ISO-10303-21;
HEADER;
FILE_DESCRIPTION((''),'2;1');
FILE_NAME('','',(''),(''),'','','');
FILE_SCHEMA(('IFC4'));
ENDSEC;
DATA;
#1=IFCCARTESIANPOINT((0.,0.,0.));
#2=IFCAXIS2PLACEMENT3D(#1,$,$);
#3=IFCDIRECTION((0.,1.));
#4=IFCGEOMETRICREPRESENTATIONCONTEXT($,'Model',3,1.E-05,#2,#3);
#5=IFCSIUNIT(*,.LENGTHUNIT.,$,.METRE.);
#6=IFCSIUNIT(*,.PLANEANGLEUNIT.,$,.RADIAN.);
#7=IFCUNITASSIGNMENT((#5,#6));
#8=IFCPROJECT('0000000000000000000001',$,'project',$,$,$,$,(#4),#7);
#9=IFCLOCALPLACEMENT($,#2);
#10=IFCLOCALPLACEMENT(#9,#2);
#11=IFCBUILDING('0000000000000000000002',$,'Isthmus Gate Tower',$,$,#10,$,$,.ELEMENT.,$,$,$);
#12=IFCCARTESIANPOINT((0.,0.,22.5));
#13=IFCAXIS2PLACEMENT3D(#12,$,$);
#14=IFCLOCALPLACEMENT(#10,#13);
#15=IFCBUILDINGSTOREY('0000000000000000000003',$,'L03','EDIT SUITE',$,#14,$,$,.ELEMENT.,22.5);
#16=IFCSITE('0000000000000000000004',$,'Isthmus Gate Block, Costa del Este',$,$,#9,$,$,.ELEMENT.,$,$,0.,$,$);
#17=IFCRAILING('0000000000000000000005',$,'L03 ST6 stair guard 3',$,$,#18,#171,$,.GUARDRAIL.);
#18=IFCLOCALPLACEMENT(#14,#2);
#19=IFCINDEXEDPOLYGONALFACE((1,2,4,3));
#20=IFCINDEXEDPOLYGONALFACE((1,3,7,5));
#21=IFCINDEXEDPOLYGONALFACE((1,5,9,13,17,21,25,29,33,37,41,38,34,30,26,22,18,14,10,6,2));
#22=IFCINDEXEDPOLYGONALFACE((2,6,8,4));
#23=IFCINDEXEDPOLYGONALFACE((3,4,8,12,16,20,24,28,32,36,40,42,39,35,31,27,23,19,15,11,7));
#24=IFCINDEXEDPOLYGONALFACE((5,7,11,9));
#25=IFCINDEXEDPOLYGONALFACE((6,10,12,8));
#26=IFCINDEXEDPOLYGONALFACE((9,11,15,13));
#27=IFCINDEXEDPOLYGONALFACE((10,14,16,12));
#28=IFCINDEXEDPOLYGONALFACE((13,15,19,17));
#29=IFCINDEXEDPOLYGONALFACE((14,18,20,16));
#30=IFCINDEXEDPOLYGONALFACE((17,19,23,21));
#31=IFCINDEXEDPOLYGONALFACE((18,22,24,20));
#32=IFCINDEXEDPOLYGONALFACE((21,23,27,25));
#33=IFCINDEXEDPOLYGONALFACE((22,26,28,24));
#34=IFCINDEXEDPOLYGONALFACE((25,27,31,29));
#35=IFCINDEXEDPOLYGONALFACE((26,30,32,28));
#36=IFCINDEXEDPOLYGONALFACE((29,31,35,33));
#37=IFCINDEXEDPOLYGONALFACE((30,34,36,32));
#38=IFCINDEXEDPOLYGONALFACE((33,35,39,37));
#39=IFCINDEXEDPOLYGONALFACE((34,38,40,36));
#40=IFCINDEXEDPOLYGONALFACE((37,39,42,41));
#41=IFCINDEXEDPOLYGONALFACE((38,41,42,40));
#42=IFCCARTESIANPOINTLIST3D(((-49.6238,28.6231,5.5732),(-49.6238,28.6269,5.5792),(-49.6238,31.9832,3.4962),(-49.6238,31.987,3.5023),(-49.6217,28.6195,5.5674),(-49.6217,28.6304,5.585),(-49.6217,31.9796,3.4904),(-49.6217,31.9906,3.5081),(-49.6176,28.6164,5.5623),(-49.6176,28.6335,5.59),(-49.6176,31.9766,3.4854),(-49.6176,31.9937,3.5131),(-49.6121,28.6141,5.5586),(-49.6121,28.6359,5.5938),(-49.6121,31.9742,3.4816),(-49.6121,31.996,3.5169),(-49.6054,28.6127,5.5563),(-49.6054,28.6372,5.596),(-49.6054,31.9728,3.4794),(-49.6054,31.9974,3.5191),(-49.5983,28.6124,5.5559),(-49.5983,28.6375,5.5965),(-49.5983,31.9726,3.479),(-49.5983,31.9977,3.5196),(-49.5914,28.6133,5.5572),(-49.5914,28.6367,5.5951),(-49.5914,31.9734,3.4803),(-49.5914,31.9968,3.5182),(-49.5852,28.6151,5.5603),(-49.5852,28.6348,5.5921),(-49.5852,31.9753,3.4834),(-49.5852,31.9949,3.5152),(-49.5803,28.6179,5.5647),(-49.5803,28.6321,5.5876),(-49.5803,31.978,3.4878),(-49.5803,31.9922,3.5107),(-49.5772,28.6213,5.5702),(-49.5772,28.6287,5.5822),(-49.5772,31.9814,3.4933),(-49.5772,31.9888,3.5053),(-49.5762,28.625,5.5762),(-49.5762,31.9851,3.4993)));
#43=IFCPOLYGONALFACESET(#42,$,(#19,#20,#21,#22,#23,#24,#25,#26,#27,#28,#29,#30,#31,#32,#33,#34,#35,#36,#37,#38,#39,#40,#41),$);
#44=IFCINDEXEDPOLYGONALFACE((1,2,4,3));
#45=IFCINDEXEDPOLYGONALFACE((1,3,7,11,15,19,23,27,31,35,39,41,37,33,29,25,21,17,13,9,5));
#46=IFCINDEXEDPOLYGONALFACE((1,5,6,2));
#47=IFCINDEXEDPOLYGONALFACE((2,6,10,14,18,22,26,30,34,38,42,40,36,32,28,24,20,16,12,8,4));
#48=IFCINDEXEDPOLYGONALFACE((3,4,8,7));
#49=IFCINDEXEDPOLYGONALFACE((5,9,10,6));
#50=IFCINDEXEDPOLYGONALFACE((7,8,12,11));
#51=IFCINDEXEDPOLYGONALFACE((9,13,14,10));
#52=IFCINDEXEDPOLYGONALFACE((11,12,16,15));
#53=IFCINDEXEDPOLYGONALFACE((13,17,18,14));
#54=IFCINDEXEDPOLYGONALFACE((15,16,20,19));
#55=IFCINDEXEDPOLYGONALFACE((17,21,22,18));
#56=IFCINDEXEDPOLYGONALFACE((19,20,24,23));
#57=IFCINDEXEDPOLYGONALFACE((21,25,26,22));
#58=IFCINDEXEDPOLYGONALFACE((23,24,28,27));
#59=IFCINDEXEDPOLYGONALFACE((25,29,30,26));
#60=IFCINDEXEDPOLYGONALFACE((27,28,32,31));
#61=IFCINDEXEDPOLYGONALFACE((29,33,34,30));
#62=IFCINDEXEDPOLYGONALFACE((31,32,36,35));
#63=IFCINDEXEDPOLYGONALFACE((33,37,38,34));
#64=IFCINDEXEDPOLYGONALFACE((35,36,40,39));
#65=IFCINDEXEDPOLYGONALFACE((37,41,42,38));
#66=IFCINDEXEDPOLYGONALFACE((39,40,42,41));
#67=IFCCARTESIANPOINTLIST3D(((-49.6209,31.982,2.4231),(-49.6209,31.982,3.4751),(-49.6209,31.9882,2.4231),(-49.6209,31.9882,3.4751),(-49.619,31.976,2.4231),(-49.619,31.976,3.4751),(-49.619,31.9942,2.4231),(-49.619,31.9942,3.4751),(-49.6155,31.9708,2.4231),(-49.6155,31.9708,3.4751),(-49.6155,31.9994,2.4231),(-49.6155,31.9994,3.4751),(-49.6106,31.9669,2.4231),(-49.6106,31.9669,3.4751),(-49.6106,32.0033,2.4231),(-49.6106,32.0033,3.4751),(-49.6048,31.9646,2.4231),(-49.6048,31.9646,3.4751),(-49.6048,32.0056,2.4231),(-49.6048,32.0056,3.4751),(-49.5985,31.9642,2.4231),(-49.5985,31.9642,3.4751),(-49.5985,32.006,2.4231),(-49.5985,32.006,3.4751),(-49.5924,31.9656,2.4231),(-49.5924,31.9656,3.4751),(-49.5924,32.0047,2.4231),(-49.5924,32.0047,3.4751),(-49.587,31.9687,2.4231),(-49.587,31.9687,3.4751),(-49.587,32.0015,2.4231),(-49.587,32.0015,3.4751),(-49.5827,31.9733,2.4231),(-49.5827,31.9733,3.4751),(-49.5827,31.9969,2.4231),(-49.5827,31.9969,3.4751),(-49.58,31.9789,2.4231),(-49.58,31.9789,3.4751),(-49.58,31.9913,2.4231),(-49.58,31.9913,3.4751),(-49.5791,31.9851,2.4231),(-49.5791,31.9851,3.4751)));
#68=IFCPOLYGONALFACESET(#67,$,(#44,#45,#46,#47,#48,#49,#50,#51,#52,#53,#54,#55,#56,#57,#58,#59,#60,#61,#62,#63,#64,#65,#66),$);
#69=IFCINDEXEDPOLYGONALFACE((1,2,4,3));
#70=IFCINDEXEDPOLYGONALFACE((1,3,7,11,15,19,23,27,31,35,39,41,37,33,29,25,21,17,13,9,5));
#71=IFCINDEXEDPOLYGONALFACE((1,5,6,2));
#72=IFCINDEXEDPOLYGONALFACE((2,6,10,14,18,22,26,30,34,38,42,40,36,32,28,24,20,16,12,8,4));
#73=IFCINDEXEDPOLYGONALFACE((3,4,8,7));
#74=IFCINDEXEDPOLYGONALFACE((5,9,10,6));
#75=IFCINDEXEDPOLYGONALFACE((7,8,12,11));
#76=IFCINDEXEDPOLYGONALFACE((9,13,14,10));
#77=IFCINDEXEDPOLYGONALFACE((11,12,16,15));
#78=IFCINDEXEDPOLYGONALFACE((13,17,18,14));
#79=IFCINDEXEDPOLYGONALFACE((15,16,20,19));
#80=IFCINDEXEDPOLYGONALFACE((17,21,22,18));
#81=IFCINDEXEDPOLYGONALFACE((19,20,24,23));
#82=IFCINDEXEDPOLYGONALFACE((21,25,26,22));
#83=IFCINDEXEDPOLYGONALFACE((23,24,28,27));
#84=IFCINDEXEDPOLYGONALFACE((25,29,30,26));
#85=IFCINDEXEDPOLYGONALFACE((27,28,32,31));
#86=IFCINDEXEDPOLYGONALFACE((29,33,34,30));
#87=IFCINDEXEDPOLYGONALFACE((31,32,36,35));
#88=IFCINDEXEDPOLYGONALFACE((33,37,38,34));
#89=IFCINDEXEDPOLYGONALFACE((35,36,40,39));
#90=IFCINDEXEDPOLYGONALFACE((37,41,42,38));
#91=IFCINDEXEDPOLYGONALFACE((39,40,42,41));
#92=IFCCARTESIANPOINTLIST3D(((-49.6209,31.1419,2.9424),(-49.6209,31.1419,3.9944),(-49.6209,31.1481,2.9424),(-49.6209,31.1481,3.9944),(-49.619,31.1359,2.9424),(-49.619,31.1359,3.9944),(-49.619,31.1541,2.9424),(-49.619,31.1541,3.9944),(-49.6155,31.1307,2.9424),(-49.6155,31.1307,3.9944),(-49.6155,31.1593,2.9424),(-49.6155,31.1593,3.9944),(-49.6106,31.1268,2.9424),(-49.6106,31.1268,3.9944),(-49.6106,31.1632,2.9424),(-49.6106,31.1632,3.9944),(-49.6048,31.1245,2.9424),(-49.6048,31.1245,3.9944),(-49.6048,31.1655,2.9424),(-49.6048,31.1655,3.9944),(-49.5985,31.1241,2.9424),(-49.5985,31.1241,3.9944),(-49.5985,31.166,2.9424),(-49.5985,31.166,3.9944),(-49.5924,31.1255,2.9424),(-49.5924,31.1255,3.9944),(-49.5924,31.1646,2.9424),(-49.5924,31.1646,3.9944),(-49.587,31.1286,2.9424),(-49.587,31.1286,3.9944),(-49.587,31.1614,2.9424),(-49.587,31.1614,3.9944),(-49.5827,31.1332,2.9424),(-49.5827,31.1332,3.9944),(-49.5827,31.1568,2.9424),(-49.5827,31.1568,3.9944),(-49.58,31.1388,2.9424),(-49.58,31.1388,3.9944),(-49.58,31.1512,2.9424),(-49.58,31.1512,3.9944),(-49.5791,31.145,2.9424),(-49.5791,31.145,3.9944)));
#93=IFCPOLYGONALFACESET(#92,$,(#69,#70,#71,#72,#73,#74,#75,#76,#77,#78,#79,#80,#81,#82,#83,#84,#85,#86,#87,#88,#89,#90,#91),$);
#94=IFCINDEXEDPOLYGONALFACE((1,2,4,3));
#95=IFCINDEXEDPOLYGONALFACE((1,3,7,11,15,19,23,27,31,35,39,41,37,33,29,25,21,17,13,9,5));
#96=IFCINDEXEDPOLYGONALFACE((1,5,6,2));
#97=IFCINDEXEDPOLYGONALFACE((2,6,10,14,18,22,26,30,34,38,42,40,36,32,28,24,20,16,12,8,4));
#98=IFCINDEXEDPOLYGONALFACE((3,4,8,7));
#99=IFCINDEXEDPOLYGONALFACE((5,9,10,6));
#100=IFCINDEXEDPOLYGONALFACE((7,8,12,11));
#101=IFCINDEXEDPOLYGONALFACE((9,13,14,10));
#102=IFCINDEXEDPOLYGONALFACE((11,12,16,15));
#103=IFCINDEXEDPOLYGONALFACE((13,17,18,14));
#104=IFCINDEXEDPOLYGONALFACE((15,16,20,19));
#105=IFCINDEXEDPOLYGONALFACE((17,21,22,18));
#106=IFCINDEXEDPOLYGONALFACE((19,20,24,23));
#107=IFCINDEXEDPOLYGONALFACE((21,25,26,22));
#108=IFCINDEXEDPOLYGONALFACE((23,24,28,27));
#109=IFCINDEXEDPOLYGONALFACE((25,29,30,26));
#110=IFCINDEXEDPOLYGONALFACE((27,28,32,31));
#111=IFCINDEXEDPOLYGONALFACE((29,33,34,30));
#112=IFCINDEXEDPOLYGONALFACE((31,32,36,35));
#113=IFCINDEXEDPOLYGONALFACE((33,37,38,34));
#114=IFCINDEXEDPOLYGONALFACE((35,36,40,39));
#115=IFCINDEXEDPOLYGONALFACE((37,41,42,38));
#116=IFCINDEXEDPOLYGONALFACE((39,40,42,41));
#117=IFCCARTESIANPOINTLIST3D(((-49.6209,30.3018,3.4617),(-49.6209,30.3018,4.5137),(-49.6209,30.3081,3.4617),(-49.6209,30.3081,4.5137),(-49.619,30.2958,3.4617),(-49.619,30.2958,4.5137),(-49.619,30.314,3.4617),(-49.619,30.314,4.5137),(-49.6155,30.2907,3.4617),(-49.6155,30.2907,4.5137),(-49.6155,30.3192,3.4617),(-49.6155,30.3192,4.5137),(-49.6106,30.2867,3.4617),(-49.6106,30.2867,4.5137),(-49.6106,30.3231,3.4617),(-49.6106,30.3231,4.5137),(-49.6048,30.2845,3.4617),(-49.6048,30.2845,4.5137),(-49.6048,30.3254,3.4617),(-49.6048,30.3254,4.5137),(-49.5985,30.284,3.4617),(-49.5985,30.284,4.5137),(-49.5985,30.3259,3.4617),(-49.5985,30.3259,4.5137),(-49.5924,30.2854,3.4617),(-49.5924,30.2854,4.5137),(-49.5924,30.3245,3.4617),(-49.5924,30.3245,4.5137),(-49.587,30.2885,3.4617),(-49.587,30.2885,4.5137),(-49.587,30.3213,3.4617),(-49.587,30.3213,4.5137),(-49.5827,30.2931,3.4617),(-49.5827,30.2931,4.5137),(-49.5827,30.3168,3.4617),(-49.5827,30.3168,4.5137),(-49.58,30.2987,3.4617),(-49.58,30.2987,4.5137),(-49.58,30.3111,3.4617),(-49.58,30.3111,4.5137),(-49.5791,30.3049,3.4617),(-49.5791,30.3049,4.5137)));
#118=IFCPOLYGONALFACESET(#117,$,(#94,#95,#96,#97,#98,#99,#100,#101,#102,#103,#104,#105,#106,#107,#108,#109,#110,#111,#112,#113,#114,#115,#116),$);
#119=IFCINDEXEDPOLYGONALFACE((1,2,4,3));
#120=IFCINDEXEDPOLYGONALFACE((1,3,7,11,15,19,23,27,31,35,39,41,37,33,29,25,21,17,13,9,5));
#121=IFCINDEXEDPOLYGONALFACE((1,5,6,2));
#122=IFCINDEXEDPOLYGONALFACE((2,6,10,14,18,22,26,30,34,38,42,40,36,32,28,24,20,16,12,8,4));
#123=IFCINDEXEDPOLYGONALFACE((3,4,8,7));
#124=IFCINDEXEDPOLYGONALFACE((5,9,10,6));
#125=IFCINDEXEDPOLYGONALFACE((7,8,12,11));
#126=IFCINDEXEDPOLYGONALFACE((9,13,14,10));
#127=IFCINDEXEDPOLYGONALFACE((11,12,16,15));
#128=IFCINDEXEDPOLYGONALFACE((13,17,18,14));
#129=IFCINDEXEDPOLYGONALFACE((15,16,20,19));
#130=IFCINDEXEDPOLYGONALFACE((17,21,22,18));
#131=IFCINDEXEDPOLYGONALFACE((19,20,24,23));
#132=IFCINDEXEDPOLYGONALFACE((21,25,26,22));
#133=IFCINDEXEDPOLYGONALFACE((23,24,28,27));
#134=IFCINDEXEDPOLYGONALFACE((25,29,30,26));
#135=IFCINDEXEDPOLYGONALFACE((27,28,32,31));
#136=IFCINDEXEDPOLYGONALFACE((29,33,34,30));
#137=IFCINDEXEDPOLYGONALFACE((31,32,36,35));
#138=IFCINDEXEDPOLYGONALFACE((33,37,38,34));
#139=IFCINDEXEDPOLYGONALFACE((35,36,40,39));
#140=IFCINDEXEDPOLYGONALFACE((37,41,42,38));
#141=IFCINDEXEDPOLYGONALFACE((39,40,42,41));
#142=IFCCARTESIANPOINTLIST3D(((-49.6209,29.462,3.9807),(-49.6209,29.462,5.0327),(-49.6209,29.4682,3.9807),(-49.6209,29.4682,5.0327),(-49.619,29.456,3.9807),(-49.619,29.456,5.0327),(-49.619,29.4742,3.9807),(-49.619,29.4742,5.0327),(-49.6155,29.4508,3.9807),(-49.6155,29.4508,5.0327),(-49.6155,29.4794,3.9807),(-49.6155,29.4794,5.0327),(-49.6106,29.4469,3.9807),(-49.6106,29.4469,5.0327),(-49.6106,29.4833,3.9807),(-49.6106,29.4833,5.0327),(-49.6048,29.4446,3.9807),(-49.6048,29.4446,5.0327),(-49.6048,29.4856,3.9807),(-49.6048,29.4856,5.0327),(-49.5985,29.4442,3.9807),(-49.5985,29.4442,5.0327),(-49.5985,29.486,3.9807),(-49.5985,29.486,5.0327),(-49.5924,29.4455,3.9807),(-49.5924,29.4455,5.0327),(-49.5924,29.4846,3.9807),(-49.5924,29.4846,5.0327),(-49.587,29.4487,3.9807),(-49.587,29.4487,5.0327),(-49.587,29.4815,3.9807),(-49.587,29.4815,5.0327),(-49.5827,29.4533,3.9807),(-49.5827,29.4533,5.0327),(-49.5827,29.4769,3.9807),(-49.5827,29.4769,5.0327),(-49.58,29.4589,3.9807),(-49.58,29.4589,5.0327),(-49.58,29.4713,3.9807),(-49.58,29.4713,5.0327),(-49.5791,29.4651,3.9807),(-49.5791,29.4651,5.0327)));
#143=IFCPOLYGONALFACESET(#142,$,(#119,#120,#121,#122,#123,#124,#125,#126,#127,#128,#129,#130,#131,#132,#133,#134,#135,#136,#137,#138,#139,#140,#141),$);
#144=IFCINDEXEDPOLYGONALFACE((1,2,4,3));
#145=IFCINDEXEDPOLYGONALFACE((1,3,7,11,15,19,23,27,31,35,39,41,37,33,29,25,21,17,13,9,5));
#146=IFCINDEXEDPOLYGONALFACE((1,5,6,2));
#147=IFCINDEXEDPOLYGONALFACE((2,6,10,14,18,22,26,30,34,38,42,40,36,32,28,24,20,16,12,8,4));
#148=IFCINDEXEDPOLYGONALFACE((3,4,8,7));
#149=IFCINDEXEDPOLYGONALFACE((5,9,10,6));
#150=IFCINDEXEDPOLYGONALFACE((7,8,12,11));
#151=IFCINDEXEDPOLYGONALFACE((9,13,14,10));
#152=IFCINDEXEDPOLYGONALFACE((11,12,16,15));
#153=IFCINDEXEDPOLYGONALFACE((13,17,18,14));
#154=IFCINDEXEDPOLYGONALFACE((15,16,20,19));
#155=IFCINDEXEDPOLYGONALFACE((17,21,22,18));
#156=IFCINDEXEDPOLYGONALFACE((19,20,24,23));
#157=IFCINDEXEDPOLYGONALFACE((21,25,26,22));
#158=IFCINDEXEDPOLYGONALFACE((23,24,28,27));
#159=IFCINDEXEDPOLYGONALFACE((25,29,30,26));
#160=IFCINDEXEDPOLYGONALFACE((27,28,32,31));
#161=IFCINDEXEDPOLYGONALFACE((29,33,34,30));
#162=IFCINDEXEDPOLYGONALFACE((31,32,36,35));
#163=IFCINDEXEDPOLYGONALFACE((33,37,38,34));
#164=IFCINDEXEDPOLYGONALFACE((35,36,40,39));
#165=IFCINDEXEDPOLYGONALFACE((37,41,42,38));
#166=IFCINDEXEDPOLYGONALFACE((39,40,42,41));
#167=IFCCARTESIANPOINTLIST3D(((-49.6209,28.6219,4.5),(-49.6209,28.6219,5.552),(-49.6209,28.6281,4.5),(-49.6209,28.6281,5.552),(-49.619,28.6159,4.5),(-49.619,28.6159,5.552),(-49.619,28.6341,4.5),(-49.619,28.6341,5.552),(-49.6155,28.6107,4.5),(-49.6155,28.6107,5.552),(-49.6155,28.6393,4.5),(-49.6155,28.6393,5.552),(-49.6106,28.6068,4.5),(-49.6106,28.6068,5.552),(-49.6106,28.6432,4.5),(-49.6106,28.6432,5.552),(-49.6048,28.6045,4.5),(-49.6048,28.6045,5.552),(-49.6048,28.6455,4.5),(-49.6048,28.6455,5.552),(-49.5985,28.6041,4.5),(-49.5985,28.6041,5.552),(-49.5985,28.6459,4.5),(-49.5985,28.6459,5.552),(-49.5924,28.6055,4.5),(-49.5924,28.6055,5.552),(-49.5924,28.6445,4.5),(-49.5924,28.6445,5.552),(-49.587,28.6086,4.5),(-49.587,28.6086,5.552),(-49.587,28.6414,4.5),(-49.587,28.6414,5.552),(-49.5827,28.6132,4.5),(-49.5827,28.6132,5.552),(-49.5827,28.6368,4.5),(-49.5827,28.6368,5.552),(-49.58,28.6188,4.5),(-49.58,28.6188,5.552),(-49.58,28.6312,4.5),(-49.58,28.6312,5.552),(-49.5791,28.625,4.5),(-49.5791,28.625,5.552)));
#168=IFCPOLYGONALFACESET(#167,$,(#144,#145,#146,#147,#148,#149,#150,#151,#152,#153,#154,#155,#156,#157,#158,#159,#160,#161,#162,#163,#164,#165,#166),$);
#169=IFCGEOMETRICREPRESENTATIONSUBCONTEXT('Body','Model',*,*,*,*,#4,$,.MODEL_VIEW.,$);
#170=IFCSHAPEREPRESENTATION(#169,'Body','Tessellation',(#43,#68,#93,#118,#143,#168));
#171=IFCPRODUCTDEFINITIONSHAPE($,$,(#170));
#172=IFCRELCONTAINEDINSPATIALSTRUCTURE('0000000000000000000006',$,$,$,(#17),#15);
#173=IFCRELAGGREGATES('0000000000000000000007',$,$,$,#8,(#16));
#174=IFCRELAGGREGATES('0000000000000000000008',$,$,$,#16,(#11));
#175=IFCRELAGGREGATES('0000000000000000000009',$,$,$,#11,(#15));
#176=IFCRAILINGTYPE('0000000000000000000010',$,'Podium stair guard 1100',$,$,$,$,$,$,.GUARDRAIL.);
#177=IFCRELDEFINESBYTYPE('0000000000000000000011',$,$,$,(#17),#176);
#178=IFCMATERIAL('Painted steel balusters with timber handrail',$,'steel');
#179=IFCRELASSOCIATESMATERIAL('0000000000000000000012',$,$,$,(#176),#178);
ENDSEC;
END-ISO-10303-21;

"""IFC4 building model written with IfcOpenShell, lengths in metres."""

from ifc_helpers import new_model, si_unit, direction, frame, origin, origin_2d, place, context, subcontext, project, spatial, circle, extrude, material, type_object, element, save


model = new_model("IFC4")

# Units and contexts
model_context = context("Model", 3, precision=1e-05, world=origin(), true_north=direction((0.0, 1.0)))
body_context = subcontext(model_context, "Body", "Model", "MODEL_VIEW")
ifc_project = project(units=[si_unit("LENGTHUNIT", "METRE"), si_unit("PLANEANGLEUNIT", "RADIAN")], contexts=[model_context])

# Site, building, storey
site_placement = place(None, origin())
site = spatial("IfcSite", under=ifc_project, at=site_placement, Name="Isthmus Gate Block, Costa del Este", CompositionType="ELEMENT", RefElevation=0.0)
building_placement = place(site_placement, origin())
building = spatial("IfcBuilding", under=site, at=building_placement, Name="Isthmus Gate Tower", CompositionType="ELEMENT")
storey_placement = place(building_placement, frame((0.0, 0.0, 22.5)))
storey = spatial("IfcBuildingStorey", under=building, at=storey_placement, Name="L03", Description="EDIT SUITE", CompositionType="ELEMENT", Elevation=22.5)

# Railing
ifc_material_1 = material(Name="Painted steel balusters with timber handrail", Category="steel")
railing_type_1 = type_object("IfcRailingType", Name="Podium stair guard 1100", PredefinedType="GUARDRAIL", material=ifc_material_1)
railing_1_placement = place(storey_placement, frame((-49.6001, 31.9851, 2.4231)))
element("IfcRailing", 1, at=railing_1_placement, inside=storey, type_object=railing_type_1, Name="L03 ST6 stair guard 3", PredefinedType="GUARDRAIL", context=body_context, shape_type="SweptSolid", body=[
    extrude(circle(Radius=0.0239, at=origin_2d()), frame((0.0, 0.0, 1.0762), z_axis=(0.0, -0.850623, 0.525776), x_axis=(1.0, 0.0, 0.0)), (0.0, 0.0, 1.0), 3.9502),
    extrude(circle(Radius=0.021, at=origin_2d()), origin(), (0.0, 0.0, 1.0), 1.052),
    extrude(circle(Radius=0.021, at=origin_2d()), frame((0.0, -0.8401, 0.5193)), (0.0, 0.0, 1.0), 1.052),
    extrude(circle(Radius=0.021, at=origin_2d()), frame((0.0, -1.6802, 1.0386)), (0.0, 0.0, 1.0), 1.052),
    extrude(circle(Radius=0.021, at=origin_2d()), frame((0.0, -2.52, 1.5576)), (0.0, 0.0, 1.0), 1.052),
    extrude(circle(Radius=0.021, at=origin_2d()), frame((0.0, -3.3601, 2.0769)), (0.0, 0.0, 1.0), 1.052),
])

save(model, "model.ifc")
